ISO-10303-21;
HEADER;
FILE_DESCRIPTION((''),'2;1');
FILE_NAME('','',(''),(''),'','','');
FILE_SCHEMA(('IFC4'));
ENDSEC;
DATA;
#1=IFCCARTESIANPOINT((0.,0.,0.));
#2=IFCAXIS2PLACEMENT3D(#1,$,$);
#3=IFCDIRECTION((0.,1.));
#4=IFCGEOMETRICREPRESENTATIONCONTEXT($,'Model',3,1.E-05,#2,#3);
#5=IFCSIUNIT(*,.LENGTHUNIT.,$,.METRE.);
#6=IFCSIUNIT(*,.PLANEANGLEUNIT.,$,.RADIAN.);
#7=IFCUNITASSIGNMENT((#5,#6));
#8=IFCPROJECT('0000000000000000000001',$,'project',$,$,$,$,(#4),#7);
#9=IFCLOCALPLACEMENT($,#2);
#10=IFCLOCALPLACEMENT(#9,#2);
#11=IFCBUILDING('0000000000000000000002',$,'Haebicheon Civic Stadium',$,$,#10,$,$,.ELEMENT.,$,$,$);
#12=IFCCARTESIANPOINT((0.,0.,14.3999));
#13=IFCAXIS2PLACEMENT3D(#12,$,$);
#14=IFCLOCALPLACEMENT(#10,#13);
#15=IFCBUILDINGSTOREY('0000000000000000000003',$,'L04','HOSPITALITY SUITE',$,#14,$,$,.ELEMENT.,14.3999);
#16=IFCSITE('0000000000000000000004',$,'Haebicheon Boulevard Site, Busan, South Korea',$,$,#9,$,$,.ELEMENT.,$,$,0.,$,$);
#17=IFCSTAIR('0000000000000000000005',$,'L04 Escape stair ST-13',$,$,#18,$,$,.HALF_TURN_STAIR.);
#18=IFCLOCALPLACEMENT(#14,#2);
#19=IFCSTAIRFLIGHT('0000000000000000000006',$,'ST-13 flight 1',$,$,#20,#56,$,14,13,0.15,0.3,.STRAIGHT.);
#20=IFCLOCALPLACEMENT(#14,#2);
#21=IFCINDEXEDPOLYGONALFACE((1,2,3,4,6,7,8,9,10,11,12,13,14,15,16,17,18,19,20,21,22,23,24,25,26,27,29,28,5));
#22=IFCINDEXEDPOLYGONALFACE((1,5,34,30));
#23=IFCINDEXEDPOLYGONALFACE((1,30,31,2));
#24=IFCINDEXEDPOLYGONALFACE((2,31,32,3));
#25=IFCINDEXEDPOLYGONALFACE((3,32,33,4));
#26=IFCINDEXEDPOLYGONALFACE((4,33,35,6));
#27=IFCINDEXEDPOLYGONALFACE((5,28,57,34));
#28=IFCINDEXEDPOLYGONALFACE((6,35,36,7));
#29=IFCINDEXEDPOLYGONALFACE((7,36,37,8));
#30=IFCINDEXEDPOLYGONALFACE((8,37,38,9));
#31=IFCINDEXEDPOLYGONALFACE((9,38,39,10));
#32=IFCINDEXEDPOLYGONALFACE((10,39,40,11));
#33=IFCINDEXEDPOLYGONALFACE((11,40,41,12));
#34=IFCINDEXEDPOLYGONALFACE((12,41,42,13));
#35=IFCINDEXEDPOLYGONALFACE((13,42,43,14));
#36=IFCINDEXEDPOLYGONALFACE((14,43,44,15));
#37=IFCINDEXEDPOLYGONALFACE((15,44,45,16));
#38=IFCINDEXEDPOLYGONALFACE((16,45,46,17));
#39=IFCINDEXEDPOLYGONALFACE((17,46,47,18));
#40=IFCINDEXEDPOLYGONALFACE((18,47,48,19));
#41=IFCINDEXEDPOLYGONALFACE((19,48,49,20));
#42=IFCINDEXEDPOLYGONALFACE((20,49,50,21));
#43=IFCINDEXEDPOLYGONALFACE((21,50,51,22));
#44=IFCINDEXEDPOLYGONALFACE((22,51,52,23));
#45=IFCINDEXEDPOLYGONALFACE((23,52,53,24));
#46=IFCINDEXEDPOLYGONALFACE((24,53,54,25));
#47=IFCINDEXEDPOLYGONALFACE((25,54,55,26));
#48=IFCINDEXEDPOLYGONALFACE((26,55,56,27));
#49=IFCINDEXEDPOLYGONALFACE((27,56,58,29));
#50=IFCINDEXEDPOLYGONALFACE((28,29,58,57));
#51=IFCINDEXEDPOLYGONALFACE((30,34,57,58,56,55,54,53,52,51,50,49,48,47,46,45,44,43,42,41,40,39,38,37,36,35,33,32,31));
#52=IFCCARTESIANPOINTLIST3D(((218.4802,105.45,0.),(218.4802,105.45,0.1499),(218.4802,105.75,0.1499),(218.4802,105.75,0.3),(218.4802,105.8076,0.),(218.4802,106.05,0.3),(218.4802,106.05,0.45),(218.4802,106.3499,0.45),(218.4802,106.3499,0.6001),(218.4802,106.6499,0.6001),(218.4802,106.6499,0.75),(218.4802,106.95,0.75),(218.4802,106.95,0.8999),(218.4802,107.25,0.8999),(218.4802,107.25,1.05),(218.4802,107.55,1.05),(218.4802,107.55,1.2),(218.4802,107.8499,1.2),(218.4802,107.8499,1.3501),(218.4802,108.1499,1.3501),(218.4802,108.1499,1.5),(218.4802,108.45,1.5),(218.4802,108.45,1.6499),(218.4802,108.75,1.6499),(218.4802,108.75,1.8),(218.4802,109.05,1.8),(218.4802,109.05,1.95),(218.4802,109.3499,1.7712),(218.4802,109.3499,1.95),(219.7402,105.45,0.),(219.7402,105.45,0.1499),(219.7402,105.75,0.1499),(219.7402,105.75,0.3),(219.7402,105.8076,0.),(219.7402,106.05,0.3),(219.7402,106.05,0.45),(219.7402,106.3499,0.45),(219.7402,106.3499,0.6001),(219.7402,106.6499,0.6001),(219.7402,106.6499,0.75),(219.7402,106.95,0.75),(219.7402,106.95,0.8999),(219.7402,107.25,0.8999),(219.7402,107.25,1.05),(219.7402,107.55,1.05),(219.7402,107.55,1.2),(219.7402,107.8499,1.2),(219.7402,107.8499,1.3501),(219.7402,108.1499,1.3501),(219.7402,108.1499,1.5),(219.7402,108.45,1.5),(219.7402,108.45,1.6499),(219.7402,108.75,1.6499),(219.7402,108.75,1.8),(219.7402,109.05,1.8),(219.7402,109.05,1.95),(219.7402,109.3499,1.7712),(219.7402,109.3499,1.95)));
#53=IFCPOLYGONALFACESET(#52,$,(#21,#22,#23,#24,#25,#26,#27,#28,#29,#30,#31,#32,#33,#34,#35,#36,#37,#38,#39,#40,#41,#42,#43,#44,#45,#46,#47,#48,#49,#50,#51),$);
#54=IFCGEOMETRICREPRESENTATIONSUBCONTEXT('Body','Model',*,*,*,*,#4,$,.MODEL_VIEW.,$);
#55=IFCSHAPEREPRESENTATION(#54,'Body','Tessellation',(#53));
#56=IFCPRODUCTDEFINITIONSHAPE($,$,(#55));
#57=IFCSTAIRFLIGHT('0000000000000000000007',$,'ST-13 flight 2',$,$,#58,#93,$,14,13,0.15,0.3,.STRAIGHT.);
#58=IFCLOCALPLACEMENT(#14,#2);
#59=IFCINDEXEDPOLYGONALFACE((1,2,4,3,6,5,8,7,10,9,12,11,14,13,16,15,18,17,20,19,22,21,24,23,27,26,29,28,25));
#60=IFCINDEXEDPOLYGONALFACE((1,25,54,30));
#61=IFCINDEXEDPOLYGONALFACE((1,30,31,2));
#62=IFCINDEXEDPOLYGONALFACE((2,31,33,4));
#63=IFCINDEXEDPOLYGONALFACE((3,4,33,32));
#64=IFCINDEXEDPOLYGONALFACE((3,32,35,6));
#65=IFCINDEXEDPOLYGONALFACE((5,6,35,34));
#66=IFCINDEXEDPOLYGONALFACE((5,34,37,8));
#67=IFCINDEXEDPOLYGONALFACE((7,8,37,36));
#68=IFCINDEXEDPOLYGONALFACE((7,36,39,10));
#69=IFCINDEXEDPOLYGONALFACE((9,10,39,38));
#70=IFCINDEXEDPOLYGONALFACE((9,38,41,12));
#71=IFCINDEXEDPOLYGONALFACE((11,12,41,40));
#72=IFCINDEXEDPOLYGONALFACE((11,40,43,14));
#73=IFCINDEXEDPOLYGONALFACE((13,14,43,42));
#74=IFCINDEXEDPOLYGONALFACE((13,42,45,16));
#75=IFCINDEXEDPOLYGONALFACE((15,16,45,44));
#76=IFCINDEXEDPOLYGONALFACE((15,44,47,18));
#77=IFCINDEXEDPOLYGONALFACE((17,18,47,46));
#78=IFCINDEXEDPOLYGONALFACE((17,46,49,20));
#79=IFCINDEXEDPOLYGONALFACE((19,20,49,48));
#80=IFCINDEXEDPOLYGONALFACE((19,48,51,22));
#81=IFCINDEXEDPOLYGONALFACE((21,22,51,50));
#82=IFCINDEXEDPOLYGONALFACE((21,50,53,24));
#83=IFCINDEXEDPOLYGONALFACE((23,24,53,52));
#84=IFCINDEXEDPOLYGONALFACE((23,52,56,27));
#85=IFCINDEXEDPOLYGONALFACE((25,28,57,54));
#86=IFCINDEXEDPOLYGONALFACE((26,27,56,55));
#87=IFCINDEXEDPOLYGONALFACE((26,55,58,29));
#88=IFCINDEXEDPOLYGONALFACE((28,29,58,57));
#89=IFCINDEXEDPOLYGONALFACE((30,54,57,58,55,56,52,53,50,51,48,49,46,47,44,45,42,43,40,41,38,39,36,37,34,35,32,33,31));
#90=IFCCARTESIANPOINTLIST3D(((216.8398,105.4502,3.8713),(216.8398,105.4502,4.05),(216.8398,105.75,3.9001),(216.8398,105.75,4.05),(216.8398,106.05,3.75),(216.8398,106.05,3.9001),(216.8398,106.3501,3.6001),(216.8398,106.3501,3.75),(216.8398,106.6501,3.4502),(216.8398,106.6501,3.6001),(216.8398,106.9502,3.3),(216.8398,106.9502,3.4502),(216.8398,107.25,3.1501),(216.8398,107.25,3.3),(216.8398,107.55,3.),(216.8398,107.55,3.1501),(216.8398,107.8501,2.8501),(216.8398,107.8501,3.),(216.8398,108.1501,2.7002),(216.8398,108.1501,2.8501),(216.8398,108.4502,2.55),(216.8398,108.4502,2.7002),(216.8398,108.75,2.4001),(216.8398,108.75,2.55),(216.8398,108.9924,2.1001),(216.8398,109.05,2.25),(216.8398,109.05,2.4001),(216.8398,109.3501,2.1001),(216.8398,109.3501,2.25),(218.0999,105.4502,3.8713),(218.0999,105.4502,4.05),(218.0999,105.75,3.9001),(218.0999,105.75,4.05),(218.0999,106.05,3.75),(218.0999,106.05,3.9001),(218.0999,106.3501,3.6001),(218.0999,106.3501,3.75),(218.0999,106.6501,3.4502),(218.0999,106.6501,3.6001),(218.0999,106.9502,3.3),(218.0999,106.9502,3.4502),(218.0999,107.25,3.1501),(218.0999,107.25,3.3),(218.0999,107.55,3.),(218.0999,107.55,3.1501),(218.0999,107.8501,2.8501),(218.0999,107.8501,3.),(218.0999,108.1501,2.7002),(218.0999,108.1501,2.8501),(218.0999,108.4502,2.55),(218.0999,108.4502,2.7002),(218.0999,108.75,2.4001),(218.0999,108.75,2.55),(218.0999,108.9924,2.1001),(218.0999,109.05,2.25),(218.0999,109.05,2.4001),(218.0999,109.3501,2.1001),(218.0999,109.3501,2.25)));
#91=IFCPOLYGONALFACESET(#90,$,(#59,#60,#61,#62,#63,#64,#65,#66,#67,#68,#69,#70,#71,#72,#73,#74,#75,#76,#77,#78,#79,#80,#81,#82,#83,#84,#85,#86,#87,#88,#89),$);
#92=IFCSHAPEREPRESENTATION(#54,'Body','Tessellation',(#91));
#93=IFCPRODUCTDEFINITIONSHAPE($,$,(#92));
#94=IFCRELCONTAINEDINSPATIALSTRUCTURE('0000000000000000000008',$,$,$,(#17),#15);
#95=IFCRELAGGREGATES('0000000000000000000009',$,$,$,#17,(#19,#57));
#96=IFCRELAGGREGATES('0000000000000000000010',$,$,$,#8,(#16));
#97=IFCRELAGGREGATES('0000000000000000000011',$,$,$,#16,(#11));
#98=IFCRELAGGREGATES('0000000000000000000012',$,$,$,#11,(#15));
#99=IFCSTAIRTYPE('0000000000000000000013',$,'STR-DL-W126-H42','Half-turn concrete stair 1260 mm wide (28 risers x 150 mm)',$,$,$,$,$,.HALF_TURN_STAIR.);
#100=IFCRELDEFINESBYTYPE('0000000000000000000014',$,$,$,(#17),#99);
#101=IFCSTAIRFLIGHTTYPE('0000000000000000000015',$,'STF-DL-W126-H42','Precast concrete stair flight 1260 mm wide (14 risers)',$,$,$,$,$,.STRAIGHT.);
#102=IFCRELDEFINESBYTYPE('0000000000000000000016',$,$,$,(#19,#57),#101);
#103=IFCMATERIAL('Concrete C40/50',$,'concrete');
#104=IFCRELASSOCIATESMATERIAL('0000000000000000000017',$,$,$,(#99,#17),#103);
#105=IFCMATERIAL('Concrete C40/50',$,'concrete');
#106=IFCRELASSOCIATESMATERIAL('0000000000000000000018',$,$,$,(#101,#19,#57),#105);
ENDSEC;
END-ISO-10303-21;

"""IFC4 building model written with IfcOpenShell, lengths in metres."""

from ifc_helpers import new_model, si_unit, direction, frame, origin, place, context, subcontext, project, spatial, polyline, outline, extrude, material, type_object, element, aggregate, save


model = new_model("IFC4")

# Units and contexts
model_context = context("Model", 3, precision=1e-05, world=origin(), true_north=direction((0.0, 1.0)))
body_context = subcontext(model_context, "Body", "Model", "MODEL_VIEW")
ifc_project = project(units=[si_unit("LENGTHUNIT", "METRE"), si_unit("PLANEANGLEUNIT", "RADIAN")], contexts=[model_context])

# Site, building, storey
site_placement = place(None, origin())
site = spatial("IfcSite", under=ifc_project, at=site_placement, Name="Haebicheon Boulevard Site, Busan, South Korea", CompositionType="ELEMENT", RefElevation=0.0)
building_placement = place(site_placement, origin())
building = spatial("IfcBuilding", under=site, at=building_placement, Name="Haebicheon Civic Stadium", CompositionType="ELEMENT")
storey_placement = place(building_placement, frame((0.0, 0.0, 14.3999)))
storey = spatial("IfcBuildingStorey", under=building, at=storey_placement, Name="L04", Description="HOSPITALITY SUITE", CompositionType="ELEMENT", Elevation=14.3999)

# Stair, stair flights
ifc_material_1 = material(Name="Concrete C40/50", Category="concrete")
stair_type = type_object("IfcStairType", Name="STR-DL-W126-H42", Description="Half-turn concrete stair 1260 mm wide (28 risers x 150 mm)", PredefinedType="HALF_TURN_STAIR", material=ifc_material_1)
stair_placement = place(storey_placement, origin())
stair = element("IfcStair", 1, at=stair_placement, inside=storey, type_object=stair_type, material=ifc_material_1, Name="L04 Escape stair ST-13", PredefinedType="HALF_TURN_STAIR")
ifc_material_2 = material(Name="Concrete C40/50", Category="concrete")
stair_flight_type = type_object("IfcStairFlightType", Name="STF-DL-W126-H42", Description="Precast concrete stair flight 1260 mm wide (14 risers)", PredefinedType="STRAIGHT", material=ifc_material_2)
stair_flight_1_placement = place(storey_placement, frame((219.1101, 105.45, 0.0), z_axis=(0.0, 0.0, 1.0), x_axis=(0.0, 1.0, 0.0)))
stair_flight_1 = element("IfcStairFlight", 2, at=stair_flight_1_placement, type_object=stair_flight_type, material=ifc_material_2, Name="ST-13 flight 1", NumberOfRisers=14, NumberOfTreads=13, PredefinedType="STRAIGHT", RiserHeight=0.15, TreadLength=0.3, context=body_context, shape_type="SweptSolid", body=[
    extrude(outline(polyline([(0.0, 0.0), (0.0, 0.1499), (0.3, 0.1499), (0.3, 0.3), (0.6001, 0.3), (0.6001, 0.45), (0.8999, 0.45), (0.8999, 0.6001), (1.2, 0.6001), (1.2, 0.75), (1.5, 0.75), (1.5, 0.8999), (1.8, 0.8999), (1.8, 1.05), (2.1001, 1.05), (2.1001, 1.2), (2.3999, 1.2), (2.3999, 1.3501), (2.7, 1.3501), (2.7, 1.5), (3.0, 1.5), (3.0, 1.6499), (3.3, 1.6499), (3.3, 1.8), (3.6001, 1.8), (3.6001, 1.95), (3.8999, 1.95), (3.8999, 2.1001), (3.8999, 1.7712), (0.3577, 0.0), (0.0, 0.0)])), frame((0.0, 0.6299, 0.0), z_axis=(0.0, -1.0, 0.0), x_axis=(1.0, 0.0, 0.0)), (0.0, 0.0, 1.0), 1.26),
])
stair_flight_2_placement = place(storey_placement, frame((217.47, 109.3501, 2.1001), z_axis=(0.0, 0.0, 1.0), x_axis=(0.0, -1.0, 0.0)))
stair_flight_2 = element("IfcStairFlight", 3, at=stair_flight_2_placement, type_object=stair_flight_type, material=ifc_material_2, Name="ST-13 flight 2", NumberOfRisers=14, NumberOfTreads=13, PredefinedType="STRAIGHT", RiserHeight=0.15, TreadLength=0.3, context=body_context, shape_type="SweptSolid", body=[
    extrude(outline(polyline([(0.0, 0.0), (0.0, 0.1499), (0.3, 0.1499), (0.3, 0.3), (0.6001, 0.3), (0.6001, 0.45), (0.8999, 0.45), (0.8999, 0.6001), (1.2, 0.6001), (1.2, 0.75), (1.5, 0.75), (1.5, 0.8999), (1.8, 0.8999), (1.8, 1.05), (2.1001, 1.05), (2.1001, 1.2), (2.3999, 1.2), (2.3999, 1.3501), (2.7, 1.3501), (2.7, 1.5), (3.0, 1.5), (3.0, 1.6499), (3.3, 1.6499), (3.3, 1.8), (3.6001, 1.8), (3.6001, 1.95), (3.8999, 1.95), (3.8999, 2.1001), (3.8999, 1.7712), (0.3577, 0.0), (0.0, 0.0)])), frame((0.0, 0.6299, 0.0), z_axis=(0.0, -1.0, 0.0), x_axis=(1.0, 0.0, 0.0)), (0.0, 0.0, 1.0), 1.26),
])
aggregate(stair, [stair_flight_1, stair_flight_2])

save(model, "model.ifc")
